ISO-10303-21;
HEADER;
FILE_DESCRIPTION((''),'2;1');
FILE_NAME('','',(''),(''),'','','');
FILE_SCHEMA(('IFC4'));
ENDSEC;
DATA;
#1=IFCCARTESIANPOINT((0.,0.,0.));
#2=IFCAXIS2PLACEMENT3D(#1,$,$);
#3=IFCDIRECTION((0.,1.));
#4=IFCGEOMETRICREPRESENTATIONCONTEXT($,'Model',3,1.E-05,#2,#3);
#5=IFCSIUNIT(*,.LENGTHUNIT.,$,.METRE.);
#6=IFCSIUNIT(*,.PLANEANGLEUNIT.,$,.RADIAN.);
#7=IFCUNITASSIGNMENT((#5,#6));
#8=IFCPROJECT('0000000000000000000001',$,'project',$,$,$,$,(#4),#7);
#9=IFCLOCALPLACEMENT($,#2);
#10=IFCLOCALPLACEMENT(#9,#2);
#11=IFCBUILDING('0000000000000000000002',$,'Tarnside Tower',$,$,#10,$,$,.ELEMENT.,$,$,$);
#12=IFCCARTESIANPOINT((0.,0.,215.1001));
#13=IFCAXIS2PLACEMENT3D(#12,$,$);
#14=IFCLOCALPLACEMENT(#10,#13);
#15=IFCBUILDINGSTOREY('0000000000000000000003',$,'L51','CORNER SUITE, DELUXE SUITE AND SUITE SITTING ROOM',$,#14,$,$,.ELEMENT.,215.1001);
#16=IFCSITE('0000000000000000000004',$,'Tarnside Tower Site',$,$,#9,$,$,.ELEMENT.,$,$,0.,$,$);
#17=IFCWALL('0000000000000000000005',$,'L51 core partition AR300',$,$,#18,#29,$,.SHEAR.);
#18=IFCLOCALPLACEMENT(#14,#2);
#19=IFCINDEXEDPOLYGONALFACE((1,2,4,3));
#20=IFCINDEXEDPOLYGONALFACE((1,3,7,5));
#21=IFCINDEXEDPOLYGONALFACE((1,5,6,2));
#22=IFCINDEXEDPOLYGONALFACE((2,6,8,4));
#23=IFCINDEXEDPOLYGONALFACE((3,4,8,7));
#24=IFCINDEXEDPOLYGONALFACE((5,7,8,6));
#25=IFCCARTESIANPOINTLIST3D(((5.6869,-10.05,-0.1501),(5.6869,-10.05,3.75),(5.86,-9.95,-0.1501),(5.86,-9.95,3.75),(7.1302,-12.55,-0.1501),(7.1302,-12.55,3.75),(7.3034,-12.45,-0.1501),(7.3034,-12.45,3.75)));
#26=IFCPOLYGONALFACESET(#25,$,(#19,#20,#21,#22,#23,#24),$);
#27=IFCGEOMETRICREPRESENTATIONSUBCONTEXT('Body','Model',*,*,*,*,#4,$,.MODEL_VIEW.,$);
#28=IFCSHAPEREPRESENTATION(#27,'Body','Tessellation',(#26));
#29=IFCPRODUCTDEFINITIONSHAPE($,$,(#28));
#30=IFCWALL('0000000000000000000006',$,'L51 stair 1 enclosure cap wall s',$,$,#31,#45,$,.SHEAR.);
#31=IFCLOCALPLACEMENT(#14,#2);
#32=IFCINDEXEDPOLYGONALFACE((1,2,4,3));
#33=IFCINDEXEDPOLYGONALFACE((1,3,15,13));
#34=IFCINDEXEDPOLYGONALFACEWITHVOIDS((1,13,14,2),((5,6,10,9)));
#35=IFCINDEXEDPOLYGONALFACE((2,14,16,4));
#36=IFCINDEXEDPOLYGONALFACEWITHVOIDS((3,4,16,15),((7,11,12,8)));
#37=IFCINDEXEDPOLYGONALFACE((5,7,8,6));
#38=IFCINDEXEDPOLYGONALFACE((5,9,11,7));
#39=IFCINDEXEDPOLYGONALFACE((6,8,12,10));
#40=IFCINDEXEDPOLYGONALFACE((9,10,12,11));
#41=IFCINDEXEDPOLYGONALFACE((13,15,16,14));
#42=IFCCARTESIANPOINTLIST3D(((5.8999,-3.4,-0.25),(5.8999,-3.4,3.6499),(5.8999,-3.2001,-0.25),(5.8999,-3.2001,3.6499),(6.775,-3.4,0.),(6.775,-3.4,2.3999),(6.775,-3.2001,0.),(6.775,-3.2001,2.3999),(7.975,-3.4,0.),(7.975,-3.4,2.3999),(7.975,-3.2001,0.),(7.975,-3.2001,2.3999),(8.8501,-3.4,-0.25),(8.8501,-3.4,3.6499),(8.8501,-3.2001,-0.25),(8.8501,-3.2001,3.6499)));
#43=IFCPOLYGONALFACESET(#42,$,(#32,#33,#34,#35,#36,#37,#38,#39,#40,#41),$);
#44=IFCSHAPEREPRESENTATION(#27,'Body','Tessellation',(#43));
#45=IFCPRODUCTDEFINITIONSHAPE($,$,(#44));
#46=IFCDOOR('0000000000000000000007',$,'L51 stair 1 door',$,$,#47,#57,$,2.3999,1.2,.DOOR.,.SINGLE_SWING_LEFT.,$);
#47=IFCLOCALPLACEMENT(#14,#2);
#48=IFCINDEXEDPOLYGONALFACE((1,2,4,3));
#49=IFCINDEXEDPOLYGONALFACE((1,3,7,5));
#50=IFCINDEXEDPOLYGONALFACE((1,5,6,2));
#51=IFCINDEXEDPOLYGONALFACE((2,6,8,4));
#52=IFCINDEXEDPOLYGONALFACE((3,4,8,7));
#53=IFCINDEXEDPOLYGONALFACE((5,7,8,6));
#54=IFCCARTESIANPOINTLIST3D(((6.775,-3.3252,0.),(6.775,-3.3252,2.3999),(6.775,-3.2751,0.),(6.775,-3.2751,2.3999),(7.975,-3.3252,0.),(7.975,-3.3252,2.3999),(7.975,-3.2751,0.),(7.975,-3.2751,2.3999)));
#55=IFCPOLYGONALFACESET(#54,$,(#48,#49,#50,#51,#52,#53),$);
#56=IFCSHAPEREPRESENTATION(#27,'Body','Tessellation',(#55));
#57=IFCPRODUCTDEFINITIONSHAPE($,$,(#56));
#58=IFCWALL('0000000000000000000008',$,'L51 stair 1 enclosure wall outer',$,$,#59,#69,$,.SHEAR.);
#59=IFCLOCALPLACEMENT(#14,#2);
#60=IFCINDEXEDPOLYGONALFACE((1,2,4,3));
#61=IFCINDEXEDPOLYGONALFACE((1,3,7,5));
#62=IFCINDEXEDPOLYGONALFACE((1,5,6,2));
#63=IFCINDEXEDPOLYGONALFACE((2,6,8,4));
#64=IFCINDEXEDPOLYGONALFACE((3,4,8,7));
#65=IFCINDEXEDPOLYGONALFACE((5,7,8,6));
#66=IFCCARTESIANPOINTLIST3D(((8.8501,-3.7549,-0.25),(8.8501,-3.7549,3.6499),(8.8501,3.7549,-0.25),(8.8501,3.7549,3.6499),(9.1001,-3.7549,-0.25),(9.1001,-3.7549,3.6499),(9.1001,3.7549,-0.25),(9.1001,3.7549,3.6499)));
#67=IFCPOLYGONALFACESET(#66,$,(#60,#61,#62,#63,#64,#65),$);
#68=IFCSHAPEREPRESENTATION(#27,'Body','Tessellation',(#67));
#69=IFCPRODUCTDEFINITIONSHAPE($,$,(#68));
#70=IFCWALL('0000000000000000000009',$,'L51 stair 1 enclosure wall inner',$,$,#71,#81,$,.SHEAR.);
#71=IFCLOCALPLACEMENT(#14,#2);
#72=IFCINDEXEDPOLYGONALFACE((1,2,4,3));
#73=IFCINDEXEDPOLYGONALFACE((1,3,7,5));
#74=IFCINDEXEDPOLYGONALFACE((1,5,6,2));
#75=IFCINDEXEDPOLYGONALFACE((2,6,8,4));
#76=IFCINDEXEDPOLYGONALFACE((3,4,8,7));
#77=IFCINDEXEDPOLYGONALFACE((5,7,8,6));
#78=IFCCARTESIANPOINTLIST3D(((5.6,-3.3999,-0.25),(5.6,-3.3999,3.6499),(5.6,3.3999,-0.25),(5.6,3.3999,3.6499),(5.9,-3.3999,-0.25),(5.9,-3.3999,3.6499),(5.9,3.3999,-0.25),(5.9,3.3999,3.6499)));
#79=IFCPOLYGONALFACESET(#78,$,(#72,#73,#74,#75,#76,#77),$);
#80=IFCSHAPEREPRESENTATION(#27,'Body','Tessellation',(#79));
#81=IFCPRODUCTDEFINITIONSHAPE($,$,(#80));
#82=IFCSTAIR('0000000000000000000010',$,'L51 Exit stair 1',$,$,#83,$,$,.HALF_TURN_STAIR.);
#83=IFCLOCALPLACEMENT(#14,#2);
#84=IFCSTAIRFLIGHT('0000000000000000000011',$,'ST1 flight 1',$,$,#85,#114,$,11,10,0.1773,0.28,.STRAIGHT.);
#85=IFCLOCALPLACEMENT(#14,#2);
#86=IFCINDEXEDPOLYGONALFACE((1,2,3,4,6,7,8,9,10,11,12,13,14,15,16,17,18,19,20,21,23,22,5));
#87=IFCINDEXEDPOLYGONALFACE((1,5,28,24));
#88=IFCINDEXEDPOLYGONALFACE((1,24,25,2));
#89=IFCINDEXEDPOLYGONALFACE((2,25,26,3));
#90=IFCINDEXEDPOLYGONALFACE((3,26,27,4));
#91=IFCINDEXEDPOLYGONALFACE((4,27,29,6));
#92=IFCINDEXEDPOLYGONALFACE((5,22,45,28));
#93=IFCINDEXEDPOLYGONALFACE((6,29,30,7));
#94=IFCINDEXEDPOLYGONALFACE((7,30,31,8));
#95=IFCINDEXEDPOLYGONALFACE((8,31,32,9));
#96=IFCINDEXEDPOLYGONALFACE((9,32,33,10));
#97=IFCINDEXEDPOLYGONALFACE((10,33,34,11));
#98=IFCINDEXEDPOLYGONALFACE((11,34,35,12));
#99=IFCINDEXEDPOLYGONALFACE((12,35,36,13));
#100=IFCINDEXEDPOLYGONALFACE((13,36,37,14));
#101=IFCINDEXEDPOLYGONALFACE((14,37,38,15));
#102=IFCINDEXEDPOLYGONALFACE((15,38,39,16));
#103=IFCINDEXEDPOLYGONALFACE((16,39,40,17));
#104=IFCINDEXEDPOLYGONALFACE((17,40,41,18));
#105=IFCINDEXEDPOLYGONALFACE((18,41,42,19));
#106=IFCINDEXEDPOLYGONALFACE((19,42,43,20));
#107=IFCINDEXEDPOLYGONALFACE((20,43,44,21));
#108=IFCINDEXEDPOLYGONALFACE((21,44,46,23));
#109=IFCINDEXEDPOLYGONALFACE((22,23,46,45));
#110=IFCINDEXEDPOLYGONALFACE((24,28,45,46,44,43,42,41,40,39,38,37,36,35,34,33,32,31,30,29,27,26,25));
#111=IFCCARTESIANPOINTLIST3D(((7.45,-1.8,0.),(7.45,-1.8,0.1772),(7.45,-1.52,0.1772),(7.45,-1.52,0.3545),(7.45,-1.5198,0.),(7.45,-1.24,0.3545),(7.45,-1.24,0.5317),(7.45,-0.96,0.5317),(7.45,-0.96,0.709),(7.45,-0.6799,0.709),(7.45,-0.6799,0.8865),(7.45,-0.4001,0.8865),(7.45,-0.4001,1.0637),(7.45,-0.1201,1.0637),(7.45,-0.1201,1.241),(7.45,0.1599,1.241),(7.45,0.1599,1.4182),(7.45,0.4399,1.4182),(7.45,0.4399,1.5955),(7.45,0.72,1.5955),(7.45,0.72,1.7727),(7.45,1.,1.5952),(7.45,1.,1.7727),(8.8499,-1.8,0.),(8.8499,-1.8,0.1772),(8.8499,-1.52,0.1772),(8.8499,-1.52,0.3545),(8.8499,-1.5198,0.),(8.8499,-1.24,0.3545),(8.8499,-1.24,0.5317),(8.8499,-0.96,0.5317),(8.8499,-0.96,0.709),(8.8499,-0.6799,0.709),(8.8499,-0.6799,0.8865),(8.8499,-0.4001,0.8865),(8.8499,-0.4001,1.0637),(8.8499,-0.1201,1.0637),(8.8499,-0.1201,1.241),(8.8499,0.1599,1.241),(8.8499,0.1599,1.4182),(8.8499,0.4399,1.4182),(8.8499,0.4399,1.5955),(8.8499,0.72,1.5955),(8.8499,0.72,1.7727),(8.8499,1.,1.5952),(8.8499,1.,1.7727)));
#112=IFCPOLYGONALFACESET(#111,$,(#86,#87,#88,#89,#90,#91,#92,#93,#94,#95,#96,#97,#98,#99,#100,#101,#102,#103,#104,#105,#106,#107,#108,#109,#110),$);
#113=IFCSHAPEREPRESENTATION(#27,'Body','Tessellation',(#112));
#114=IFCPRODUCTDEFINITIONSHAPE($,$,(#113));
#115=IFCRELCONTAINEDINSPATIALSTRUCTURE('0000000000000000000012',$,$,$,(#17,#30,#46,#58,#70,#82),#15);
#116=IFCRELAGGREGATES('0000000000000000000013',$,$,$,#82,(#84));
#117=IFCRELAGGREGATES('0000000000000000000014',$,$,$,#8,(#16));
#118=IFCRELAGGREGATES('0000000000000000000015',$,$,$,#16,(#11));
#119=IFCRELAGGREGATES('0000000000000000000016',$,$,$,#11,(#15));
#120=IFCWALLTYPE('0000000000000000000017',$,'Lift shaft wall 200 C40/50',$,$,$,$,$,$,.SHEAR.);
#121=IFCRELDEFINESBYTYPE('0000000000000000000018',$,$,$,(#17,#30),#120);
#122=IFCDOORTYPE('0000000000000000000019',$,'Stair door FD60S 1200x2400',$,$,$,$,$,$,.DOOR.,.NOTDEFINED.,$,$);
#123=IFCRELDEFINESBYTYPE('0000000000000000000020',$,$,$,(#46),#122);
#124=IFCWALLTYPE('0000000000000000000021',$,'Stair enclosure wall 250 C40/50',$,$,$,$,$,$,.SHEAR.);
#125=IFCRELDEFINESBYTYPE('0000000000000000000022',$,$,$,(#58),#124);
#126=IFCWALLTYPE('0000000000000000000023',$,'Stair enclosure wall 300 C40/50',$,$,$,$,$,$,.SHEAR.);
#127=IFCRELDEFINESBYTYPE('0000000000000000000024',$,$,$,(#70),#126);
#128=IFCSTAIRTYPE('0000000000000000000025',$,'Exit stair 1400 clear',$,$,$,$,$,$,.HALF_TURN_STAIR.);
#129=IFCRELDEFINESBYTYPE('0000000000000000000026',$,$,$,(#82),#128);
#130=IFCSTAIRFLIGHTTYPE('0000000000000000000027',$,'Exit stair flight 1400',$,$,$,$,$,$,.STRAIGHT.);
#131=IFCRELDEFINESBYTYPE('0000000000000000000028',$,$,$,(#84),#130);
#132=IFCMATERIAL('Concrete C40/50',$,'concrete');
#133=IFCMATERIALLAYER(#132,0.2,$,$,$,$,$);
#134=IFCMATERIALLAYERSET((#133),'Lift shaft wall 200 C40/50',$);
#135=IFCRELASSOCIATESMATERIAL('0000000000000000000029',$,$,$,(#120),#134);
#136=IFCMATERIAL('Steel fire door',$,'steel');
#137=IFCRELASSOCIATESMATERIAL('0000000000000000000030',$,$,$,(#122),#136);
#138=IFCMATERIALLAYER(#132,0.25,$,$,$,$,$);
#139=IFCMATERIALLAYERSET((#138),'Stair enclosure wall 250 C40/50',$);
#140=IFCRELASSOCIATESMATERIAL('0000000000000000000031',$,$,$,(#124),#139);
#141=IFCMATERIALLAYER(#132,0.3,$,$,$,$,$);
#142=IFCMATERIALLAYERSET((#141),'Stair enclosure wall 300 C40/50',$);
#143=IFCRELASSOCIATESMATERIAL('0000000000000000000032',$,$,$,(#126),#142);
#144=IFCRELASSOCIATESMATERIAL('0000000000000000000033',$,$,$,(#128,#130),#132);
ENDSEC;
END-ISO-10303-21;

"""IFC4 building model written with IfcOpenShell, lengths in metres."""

from ifc_helpers import new_model, si_unit, direction, frame, frame_2d, origin, place, context, subcontext, project, spatial, polyline, rectangle, outline, extrude, material, layer, layer_set, type_object, element, fill, aggregate, save


model = new_model("IFC4")

# Units and contexts
model_context = context("Model", 3, precision=1e-05, world=origin(), true_north=direction((0.0, 1.0)))
body_context = subcontext(model_context, "Body", "Model", "MODEL_VIEW")
ifc_project = project(units=[si_unit("LENGTHUNIT", "METRE"), si_unit("PLANEANGLEUNIT", "RADIAN")], contexts=[model_context])

# Site, building, storey
site_placement = place(None, origin())
site = spatial("IfcSite", under=ifc_project, at=site_placement, Name="Tarnside Tower Site", CompositionType="ELEMENT", RefElevation=0.0)
building_placement = place(site_placement, origin())
building = spatial("IfcBuilding", under=site, at=building_placement, Name="Tarnside Tower", CompositionType="ELEMENT")
storey_placement = place(building_placement, frame((0.0, 0.0, 215.1001)))
storey = spatial("IfcBuildingStorey", under=building, at=storey_placement, Name="L51", Description="CORNER SUITE, DELUXE SUITE AND SUITE SITTING ROOM", CompositionType="ELEMENT", Elevation=215.1001)

# Shared definitions
ifc_material_1 = material(Name="Concrete C40/50", Category="concrete")

# Shared definitions
ifc_material_2 = material(Name="Steel fire door", Category="steel")

# Wall
ifc_layer_1 = layer(ifc_material_1, 0.2)
ifc_layer_set_1 = layer_set([ifc_layer_1], Name="Lift shaft wall 200 C40/50")
wall_type_1 = type_object("IfcWallType", Name="Lift shaft wall 200 C40/50", PredefinedType="SHEAR", material=ifc_layer_set_1)
for number, where, z_axis, x_axis, name in (
    (1, (5.7734, -10.0, -0.1501), (0.0, 0.0, 1.0), (0.499996, -0.866028, 0.0), "L51 core partition AR300"),
):
    element("IfcWall", number, at=place(storey_placement, frame(where, z_axis=z_axis, x_axis=x_axis)), inside=storey, type_object=wall_type_1, Name=name, PredefinedType="SHEAR", context=body_context, shape_type="SweptSolid", body=[
        extrude(rectangle(XDim=2.8867, YDim=0.2, at=frame_2d((1.4434, 0.0))), origin(), (0.0, 0.0, 1.0), 3.9001),
    ])

# Wall, opening, door
wall_1_placement = place(storey_placement, frame((5.8999, -3.3, -0.25), z_axis=(0.0, 0.0, 1.0), x_axis=(1.0, 0.0, 0.0)))
wall_1 = element("IfcWall", 2, at=wall_1_placement, inside=storey, type_object=wall_type_1, Name="L51 stair 1 enclosure cap wall s", PredefinedType="SHEAR", context=body_context, shape_type="SweptSolid", body=[
    extrude(rectangle(XDim=2.9502, YDim=0.2, at=frame_2d((1.4751, 0.0))), origin(), (0.0, 0.0, 1.0), 3.8999),
])
opening_1_placement = place(wall_1_placement, frame((0.875, 0.0, 0.25)))
opening_1 = element("IfcOpeningElement", 3, at=opening_1_placement, cuts=wall_1, PredefinedType="OPENING", context=body_context, shape_type="SweptSolid", body=[
    extrude(rectangle(XDim=1.2, YDim=2.3999, at=frame_2d((0.6001, 1.2))), frame((0.0, 0.1099, 0.0), z_axis=(0.0, -1.0, 0.0), x_axis=(1.0, 0.0, 0.0)), (0.0, 0.0, 1.0), 0.22),
])
door_type_1 = type_object("IfcDoorType", Name="Stair door FD60S 1200x2400", OperationType="NOTDEFINED", PredefinedType="DOOR", material=ifc_material_2)
door_1_placement = place(opening_1_placement, origin())
door_1 = element("IfcDoor", 4, at=door_1_placement, inside=storey, type_object=door_type_1, Name="L51 stair 1 door", OperationType="SINGLE_SWING_LEFT", OverallHeight=2.3999, OverallWidth=1.2, PredefinedType="DOOR", context=body_context, shape_type="SweptSolid", body=[
    extrude(rectangle(XDim=1.2, YDim=2.3999, at=frame_2d((0.6001, 1.2))), frame((0.0, 0.0249, 0.0), z_axis=(0.0, -1.0, 0.0), x_axis=(1.0, 0.0, 0.0)), (0.0, 0.0, 1.0), 0.05),
])
fill(opening_1, door_1)

# Walls
ifc_layer_2 = layer(ifc_material_1, 0.25)
ifc_layer_set_2 = layer_set([ifc_layer_2], Name="Stair enclosure wall 250 C40/50")
wall_type_2 = type_object("IfcWallType", Name="Stair enclosure wall 250 C40/50", PredefinedType="SHEAR", material=ifc_layer_set_2)
wall_2_placement = place(storey_placement, frame((8.9751, -3.7549, -0.25), z_axis=(0.0, 0.0, 1.0), x_axis=(0.0, 1.0, 0.0)))
element("IfcWall", 5, at=wall_2_placement, inside=storey, type_object=wall_type_2, Name="L51 stair 1 enclosure wall outer", PredefinedType="SHEAR", context=body_context, shape_type="SweptSolid", body=[
    extrude(rectangle(XDim=7.5098, YDim=0.25, at=frame_2d((3.7549, 0.0))), origin(), (0.0, 0.0, 1.0), 3.8999),
])
ifc_layer_3 = layer(ifc_material_1, 0.3)
ifc_layer_set_3 = layer_set([ifc_layer_3], Name="Stair enclosure wall 300 C40/50")
wall_type_3 = type_object("IfcWallType", Name="Stair enclosure wall 300 C40/50", PredefinedType="SHEAR", material=ifc_layer_set_3)
wall_3_placement = place(storey_placement, frame((5.75, -3.3999, -0.25), z_axis=(0.0, 0.0, 1.0), x_axis=(0.0, 1.0, 0.0)))
element("IfcWall", 6, at=wall_3_placement, inside=storey, type_object=wall_type_3, Name="L51 stair 1 enclosure wall inner", PredefinedType="SHEAR", context=body_context, shape_type="SweptSolid", body=[
    extrude(rectangle(XDim=6.7998, YDim=0.3, at=frame_2d((3.3999, 0.0))), origin(), (0.0, 0.0, 1.0), 3.8999),
])

# Stair, stair flight
stair_type = type_object("IfcStairType", Name="Exit stair 1400 clear", PredefinedType="HALF_TURN_STAIR", material=ifc_material_1)
stair_placement = place(storey_placement, origin())
stair = element("IfcStair", 7, at=stair_placement, inside=storey, type_object=stair_type, Name="L51 Exit stair 1", PredefinedType="HALF_TURN_STAIR")
stair_flight_type = type_object("IfcStairFlightType", Name="Exit stair flight 1400", PredefinedType="STRAIGHT", material=ifc_material_1)
stair_flight_placement = place(storey_placement, frame((8.1499, -1.8, 0.0), z_axis=(0.0, 0.0, 1.0), x_axis=(0.0, 1.0, 0.0)))
stair_flight = element("IfcStairFlight", 8, at=stair_flight_placement, type_object=stair_flight_type, Name="ST1 flight 1", NumberOfRisers=11, NumberOfTreads=10, PredefinedType="STRAIGHT", RiserHeight=0.1773, TreadLength=0.28, context=body_context, shape_type="SweptSolid", body=[
    extrude(outline(polyline([(0.0, 0.0), (0.0, 0.1772), (0.28, 0.1772), (0.28, 0.3545), (0.5601, 0.3545), (0.5601, 0.5317), (0.8401, 0.5317), (0.8401, 0.709), (1.1201, 0.709), (1.1201, 0.8865), (1.3999, 0.8865), (1.3999, 1.0637), (1.6799, 1.0637), (1.6799, 1.241), (1.96, 1.241), (1.96, 1.4182), (2.24, 1.4182), (2.24, 1.5955), (2.52, 1.5955), (2.52, 1.7727), (2.8, 1.7727), (2.8, 1.95), (2.8, 1.5952), (0.2803, 0.0), (0.0, 0.0)])), frame((0.0, 0.7, 0.0), z_axis=(0.0, -1.0, 0.0), x_axis=(1.0, 0.0, 0.0)), (0.0, 0.0, 1.0), 1.3999),
])
aggregate(stair, [stair_flight])

save(model, "model.ifc")
